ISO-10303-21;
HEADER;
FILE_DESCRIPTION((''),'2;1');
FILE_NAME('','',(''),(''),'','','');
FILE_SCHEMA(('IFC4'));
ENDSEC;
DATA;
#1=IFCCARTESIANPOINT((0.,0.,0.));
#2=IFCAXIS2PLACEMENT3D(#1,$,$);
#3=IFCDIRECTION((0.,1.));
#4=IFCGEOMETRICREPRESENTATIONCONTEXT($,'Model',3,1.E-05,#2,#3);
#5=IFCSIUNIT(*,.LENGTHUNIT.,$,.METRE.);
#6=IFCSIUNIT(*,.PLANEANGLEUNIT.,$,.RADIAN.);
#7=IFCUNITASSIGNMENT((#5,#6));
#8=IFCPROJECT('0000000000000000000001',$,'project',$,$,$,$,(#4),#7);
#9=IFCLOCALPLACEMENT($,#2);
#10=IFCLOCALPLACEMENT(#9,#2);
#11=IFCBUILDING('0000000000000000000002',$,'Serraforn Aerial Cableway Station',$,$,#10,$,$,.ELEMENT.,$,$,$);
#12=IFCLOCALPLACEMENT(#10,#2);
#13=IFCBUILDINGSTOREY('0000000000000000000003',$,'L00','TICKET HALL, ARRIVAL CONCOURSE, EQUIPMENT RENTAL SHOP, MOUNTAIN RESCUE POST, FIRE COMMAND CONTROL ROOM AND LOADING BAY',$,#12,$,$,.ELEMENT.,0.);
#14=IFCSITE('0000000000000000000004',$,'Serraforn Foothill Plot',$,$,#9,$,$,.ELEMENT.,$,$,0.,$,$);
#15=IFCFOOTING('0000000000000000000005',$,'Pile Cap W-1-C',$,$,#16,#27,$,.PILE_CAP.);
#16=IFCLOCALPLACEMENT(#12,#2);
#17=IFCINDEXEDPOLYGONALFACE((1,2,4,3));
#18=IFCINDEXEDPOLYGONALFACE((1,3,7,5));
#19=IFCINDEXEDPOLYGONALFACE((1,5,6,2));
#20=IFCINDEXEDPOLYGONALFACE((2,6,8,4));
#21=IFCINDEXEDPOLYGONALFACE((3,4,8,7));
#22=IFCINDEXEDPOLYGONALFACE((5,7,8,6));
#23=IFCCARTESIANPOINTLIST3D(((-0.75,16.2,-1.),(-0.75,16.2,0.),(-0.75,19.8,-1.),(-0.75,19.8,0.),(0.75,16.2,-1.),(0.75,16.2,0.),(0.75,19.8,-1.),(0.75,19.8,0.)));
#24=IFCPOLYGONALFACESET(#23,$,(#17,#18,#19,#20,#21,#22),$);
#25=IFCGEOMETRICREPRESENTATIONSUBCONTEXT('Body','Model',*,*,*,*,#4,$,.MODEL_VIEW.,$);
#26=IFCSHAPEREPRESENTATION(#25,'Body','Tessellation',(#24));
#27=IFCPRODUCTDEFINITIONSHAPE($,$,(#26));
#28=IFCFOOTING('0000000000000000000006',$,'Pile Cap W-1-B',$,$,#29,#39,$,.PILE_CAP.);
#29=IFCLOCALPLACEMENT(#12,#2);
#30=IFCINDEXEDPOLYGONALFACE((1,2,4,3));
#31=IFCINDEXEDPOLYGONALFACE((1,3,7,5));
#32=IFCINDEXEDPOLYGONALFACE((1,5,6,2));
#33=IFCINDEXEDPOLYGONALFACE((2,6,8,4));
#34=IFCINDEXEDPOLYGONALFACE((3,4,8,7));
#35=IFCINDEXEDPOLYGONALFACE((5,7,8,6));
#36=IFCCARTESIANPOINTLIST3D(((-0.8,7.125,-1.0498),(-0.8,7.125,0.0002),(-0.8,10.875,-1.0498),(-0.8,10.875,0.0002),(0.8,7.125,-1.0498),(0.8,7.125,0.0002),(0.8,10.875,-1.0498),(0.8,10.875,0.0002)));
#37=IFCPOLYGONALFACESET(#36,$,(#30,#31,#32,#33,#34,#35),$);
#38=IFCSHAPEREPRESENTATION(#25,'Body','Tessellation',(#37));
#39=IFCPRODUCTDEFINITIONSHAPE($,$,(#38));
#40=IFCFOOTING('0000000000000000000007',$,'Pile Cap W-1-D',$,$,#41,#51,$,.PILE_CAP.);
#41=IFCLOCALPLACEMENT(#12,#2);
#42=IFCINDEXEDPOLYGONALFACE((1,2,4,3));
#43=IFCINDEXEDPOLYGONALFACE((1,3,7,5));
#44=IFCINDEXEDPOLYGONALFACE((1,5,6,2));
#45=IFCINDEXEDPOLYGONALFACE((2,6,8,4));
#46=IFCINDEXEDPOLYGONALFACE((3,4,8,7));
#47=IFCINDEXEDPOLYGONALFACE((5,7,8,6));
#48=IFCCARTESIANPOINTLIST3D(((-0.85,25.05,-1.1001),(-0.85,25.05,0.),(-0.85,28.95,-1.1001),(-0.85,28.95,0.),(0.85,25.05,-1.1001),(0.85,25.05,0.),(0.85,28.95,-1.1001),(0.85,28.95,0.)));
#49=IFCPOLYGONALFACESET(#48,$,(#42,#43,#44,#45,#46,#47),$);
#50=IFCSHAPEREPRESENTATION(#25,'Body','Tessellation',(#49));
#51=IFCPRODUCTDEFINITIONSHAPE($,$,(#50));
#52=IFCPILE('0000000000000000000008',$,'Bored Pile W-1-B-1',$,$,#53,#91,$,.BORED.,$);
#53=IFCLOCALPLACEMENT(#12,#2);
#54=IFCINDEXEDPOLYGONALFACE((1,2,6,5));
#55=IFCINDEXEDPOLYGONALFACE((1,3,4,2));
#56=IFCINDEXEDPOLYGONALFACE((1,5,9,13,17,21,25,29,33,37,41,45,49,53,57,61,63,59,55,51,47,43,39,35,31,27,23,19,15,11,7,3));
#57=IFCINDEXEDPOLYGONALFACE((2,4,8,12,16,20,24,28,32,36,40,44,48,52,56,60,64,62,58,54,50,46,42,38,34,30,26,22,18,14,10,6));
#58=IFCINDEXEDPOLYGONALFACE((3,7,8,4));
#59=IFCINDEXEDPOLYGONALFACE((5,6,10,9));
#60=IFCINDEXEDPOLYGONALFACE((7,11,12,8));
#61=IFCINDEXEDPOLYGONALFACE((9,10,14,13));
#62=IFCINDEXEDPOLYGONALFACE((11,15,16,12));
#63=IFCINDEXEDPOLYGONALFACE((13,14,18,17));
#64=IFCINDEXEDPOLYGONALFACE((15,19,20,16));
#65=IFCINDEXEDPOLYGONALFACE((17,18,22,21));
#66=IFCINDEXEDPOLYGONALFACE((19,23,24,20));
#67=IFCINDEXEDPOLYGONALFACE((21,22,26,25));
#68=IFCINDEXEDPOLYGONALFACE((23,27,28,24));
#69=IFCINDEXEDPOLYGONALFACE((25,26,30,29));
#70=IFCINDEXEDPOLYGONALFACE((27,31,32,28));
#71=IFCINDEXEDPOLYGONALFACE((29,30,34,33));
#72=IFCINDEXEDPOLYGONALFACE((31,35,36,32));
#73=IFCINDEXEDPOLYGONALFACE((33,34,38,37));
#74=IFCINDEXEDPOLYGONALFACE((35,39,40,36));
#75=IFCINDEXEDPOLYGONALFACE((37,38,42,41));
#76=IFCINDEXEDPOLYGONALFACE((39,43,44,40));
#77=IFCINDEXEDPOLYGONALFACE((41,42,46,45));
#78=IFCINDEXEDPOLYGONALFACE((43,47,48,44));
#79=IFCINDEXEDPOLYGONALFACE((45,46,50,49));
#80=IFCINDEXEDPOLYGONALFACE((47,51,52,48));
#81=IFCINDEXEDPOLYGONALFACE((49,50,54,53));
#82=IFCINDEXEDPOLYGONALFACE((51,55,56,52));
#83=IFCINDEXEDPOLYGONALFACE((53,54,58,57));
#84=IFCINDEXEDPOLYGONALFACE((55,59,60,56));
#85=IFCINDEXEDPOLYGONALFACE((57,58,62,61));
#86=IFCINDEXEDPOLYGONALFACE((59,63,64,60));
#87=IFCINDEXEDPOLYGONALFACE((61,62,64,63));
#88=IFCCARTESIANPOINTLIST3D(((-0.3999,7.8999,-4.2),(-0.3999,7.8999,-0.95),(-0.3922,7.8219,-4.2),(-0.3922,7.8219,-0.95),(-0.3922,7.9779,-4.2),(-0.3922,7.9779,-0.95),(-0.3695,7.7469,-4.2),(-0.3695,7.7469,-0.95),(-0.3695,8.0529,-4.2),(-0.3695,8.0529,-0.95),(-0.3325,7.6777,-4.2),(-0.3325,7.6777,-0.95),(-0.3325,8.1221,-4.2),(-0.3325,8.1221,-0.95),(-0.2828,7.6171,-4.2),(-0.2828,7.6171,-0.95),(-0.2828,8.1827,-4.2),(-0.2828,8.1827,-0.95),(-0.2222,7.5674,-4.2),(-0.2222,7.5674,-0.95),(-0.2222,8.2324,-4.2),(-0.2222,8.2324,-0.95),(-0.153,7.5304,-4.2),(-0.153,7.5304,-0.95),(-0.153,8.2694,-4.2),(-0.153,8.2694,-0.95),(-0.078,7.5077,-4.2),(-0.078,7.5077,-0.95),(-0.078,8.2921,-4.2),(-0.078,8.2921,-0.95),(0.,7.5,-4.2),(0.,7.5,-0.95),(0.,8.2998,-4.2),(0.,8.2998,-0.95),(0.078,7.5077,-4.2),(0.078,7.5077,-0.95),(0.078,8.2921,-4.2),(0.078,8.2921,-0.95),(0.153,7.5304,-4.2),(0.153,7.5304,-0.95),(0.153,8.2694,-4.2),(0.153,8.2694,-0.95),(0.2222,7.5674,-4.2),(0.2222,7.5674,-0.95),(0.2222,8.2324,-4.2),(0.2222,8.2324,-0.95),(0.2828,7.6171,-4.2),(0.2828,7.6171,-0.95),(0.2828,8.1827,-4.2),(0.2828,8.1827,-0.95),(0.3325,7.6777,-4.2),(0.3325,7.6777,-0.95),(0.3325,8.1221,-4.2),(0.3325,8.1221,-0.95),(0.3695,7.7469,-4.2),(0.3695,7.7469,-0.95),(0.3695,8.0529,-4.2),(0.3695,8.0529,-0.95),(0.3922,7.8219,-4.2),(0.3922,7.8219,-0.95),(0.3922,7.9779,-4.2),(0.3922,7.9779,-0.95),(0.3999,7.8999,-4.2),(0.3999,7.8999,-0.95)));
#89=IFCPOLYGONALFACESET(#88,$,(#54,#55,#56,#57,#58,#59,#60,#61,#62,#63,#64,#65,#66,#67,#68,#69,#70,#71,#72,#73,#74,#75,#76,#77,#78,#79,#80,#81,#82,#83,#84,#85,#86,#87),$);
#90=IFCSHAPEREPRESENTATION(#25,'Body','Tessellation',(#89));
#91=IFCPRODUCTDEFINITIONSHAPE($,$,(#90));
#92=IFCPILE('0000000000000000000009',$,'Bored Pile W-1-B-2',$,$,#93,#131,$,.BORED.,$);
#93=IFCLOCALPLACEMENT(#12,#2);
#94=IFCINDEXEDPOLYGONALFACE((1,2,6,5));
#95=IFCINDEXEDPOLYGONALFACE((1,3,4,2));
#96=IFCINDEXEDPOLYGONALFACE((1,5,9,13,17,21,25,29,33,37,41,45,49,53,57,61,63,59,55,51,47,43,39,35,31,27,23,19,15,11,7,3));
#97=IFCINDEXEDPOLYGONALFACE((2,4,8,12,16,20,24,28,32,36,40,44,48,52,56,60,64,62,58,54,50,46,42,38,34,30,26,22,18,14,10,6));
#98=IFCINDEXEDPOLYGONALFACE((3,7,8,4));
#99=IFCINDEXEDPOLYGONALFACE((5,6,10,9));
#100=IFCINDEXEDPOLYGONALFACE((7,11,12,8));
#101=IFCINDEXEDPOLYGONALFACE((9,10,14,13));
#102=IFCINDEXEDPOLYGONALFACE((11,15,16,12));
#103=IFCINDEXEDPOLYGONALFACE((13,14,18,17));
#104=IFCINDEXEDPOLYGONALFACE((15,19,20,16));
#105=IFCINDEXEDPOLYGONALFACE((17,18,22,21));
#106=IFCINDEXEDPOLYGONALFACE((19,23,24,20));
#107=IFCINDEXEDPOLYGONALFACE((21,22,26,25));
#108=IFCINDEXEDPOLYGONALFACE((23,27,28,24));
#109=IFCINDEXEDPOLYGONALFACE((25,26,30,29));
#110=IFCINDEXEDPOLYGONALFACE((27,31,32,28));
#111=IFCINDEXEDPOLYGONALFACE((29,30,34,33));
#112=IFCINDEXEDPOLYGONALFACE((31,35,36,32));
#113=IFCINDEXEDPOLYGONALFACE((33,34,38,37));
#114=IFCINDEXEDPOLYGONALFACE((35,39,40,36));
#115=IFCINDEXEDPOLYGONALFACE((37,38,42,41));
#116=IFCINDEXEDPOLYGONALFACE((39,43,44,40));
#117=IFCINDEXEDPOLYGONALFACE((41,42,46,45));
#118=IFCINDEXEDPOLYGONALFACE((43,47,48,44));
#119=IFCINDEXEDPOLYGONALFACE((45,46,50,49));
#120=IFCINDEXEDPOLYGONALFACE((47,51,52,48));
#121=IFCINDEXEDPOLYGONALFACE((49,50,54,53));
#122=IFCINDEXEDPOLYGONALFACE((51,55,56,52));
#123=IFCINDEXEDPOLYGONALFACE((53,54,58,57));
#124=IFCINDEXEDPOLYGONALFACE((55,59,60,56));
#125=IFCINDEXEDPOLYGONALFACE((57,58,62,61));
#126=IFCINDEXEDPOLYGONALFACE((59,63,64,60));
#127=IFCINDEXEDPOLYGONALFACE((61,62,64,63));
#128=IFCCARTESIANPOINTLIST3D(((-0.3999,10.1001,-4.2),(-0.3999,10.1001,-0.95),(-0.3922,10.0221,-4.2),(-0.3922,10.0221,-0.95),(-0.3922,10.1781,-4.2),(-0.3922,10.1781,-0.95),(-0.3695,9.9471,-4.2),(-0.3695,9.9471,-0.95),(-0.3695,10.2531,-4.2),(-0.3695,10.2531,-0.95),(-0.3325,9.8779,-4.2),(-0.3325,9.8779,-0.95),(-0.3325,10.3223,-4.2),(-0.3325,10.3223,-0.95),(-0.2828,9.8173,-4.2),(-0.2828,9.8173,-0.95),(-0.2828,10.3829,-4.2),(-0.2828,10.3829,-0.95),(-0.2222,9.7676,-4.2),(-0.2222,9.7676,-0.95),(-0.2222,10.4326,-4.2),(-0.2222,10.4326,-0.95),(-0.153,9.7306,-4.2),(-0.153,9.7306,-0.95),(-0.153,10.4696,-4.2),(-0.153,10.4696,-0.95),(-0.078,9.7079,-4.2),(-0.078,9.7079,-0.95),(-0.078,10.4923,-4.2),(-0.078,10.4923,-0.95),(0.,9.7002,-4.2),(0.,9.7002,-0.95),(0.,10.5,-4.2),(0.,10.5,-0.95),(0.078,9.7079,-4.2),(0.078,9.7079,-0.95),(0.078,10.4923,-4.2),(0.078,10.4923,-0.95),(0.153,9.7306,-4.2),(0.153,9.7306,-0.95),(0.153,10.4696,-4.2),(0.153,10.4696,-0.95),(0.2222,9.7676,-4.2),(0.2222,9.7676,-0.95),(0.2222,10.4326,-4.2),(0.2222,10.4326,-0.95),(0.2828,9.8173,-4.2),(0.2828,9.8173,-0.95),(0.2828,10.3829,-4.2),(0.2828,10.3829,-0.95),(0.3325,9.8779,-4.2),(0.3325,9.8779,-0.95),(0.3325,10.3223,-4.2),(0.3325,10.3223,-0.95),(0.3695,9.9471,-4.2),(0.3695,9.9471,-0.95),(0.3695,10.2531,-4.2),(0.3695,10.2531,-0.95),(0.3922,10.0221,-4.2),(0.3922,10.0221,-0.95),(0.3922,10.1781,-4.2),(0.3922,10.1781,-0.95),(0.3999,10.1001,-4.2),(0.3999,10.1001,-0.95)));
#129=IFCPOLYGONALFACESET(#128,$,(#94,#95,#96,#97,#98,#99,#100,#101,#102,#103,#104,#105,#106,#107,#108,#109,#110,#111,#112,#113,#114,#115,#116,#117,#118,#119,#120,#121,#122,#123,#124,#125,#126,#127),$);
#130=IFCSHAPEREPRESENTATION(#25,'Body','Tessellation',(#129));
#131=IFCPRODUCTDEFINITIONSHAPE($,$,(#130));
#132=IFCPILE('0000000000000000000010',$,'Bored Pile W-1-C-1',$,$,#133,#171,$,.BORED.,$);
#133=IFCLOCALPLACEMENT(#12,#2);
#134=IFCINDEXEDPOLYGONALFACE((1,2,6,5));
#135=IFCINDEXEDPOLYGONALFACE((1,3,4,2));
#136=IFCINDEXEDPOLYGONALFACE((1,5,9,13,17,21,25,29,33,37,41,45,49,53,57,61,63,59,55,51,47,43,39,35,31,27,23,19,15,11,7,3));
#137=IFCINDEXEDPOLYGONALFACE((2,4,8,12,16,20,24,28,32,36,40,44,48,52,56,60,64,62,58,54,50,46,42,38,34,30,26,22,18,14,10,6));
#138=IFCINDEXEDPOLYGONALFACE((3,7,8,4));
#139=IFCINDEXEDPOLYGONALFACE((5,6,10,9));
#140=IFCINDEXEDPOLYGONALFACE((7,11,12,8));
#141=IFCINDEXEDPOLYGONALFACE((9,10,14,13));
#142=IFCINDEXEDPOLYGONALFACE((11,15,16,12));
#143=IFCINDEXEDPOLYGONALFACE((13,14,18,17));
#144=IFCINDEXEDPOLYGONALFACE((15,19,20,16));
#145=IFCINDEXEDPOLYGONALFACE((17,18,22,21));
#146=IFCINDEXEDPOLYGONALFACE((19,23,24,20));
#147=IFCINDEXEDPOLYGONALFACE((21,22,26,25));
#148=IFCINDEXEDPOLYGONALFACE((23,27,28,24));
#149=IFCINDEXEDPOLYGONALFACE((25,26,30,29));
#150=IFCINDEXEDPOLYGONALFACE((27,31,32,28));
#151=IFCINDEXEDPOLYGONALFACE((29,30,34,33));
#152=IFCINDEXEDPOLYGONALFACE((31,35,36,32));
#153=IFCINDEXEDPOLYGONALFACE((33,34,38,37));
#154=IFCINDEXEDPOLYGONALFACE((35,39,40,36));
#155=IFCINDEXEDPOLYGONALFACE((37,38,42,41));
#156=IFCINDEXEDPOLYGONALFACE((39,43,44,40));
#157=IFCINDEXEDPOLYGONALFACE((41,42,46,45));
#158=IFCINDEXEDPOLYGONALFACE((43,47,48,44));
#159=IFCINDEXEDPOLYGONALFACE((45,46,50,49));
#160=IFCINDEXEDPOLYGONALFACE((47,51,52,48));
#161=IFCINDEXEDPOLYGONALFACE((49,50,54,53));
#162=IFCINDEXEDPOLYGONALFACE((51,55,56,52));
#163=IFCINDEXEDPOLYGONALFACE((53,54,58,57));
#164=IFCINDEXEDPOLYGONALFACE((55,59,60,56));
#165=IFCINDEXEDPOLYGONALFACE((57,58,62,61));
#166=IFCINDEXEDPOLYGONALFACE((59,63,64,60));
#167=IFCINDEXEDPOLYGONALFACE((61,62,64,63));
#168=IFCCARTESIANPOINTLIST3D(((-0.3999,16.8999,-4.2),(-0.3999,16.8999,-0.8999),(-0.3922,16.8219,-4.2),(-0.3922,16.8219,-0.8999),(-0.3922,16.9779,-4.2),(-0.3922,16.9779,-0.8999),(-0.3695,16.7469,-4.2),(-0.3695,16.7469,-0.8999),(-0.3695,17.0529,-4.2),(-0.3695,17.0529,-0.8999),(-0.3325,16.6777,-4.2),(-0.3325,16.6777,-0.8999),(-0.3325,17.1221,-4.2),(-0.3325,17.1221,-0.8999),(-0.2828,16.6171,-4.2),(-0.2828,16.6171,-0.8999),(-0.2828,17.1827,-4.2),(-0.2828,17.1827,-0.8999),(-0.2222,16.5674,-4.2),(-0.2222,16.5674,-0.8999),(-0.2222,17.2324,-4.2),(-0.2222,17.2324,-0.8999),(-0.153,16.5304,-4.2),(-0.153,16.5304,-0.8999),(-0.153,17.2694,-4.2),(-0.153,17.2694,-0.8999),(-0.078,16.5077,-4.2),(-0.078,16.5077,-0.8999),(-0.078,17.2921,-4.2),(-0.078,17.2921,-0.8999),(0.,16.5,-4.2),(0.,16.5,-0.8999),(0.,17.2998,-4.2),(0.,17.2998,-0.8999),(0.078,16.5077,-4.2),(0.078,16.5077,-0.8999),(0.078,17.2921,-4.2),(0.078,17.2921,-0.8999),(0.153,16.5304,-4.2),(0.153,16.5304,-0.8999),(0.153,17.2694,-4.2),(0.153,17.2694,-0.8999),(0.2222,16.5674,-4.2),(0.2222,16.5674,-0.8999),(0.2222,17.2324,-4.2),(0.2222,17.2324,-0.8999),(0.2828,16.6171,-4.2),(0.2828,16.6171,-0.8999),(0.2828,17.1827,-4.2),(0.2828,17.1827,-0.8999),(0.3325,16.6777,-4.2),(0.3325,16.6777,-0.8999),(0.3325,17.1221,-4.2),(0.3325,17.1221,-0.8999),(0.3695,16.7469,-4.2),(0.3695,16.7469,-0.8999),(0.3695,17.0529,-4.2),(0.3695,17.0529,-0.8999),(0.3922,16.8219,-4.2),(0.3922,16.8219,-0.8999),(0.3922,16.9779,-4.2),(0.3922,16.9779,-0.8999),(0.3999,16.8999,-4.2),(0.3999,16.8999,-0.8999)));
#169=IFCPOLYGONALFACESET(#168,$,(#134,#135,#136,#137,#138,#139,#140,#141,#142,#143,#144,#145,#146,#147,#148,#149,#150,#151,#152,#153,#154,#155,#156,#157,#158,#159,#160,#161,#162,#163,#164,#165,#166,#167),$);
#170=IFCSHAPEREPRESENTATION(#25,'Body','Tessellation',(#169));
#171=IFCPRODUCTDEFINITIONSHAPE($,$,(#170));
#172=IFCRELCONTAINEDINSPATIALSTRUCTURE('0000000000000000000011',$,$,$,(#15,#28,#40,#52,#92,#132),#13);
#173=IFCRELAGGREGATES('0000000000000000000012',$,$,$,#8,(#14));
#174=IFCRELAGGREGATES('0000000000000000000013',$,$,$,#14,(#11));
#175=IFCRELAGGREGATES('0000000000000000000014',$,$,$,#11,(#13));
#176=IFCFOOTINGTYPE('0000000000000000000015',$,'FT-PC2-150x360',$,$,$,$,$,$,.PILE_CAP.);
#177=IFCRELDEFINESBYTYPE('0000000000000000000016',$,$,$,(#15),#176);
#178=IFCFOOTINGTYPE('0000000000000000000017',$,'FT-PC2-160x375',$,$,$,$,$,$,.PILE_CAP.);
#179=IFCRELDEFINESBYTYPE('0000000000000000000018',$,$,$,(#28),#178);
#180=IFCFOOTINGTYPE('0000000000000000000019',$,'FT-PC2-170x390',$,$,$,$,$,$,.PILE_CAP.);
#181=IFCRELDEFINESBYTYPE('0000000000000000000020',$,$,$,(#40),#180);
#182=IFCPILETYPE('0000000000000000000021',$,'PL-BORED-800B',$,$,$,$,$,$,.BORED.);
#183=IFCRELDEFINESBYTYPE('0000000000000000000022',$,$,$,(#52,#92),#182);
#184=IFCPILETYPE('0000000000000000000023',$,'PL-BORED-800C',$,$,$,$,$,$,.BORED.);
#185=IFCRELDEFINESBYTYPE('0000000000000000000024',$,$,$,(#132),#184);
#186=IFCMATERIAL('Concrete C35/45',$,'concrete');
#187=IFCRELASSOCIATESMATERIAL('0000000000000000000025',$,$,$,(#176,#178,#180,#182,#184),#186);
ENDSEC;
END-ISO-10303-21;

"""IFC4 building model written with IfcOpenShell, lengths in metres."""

from ifc_helpers import new_model, si_unit, direction, frame, origin, origin_2d, place, context, subcontext, project, spatial, rectangle, circle, extrude, material, material_profile, profile_set, type_object, element, save


model = new_model("IFC4")

# Units and contexts
model_context = context("Model", 3, precision=1e-05, world=origin(), true_north=direction((0.0, 1.0)))
body_context = subcontext(model_context, "Body", "Model", "MODEL_VIEW")
ifc_project = project(units=[si_unit("LENGTHUNIT", "METRE"), si_unit("PLANEANGLEUNIT", "RADIAN")], contexts=[model_context])

# Site, building, storey
site_placement = place(None, origin())
site = spatial("IfcSite", under=ifc_project, at=site_placement, Name="Serraforn Foothill Plot", CompositionType="ELEMENT", RefElevation=0.0)
building_placement = place(site_placement, origin())
building = spatial("IfcBuilding", under=site, at=building_placement, Name="Serraforn Aerial Cableway Station", CompositionType="ELEMENT")
storey_placement = place(building_placement, origin())
storey = spatial("IfcBuildingStorey", under=building, at=storey_placement, Name="L00", Description="TICKET HALL, ARRIVAL CONCOURSE, EQUIPMENT RENTAL SHOP, MOUNTAIN RESCUE POST, FIRE COMMAND CONTROL ROOM AND LOADING BAY", CompositionType="ELEMENT", Elevation=0.0)

# Footings
ifc_material_1 = material(Name="Concrete C35/45", Category="concrete")
footing_type_1 = type_object("IfcFootingType", Name="FT-PC2-150x360", PredefinedType="PILE_CAP", material=ifc_material_1)
footing_1_placement = place(storey_placement, frame((0.0, 18.0, -1.0), z_axis=(0.0, 0.0, 1.0), x_axis=(1.0, 0.0, 0.0)))
element("IfcFooting", 1, at=footing_1_placement, inside=storey, type_object=footing_type_1, Name="Pile Cap W-1-C", PredefinedType="PILE_CAP", context=body_context, shape_type="SweptSolid", body=[
    extrude(rectangle(XDim=1.5, YDim=3.6001, at=origin_2d()), origin(), (0.0, 0.0, 1.0), 1.0),
])
footing_type_2 = type_object("IfcFootingType", Name="FT-PC2-160x375", PredefinedType="PILE_CAP", material=ifc_material_1)
footing_2_placement = place(storey_placement, frame((0.0, 9.0, -1.0498), z_axis=(0.0, 0.0, 1.0), x_axis=(1.0, 0.0, 0.0)))
element("IfcFooting", 2, at=footing_2_placement, inside=storey, type_object=footing_type_2, Name="Pile Cap W-1-B", PredefinedType="PILE_CAP", context=body_context, shape_type="SweptSolid", body=[
    extrude(rectangle(XDim=1.6001, YDim=3.75, at=origin_2d()), origin(), (0.0, 0.0, 1.0), 1.05),
])
footing_type_3 = type_object("IfcFootingType", Name="FT-PC2-170x390", PredefinedType="PILE_CAP", material=ifc_material_1)
footing_3_placement = place(storey_placement, frame((0.0, 27.0, -1.1001), z_axis=(0.0, 0.0, 1.0), x_axis=(1.0, 0.0, 0.0)))
element("IfcFooting", 3, at=footing_3_placement, inside=storey, type_object=footing_type_3, Name="Pile Cap W-1-D", PredefinedType="PILE_CAP", context=body_context, shape_type="SweptSolid", body=[
    extrude(rectangle(XDim=1.7, YDim=3.8999, at=origin_2d()), origin(), (0.0, 0.0, 1.0), 1.1001),
])

# Piles
ifc_material_profile_1 = material_profile(ifc_material_1, circle(Radius=0.3999, at=origin_2d()), Name="BORED PILE D800")
ifc_profile_set_1 = profile_set([ifc_material_profile_1], Name="Concrete C35/45")
pile_type_1 = type_object("IfcPileType", Name="PL-BORED-800B", PredefinedType="BORED", material=ifc_profile_set_1)
for number, where, z_axis, x_axis, name in (
    (4, (0.0, 7.8999, -0.95), (0.0, 0.0, -1.0), (1.0, 0.0, 0.0), "Bored Pile W-1-B-1"),
    (5, (0.0, 10.1001, -0.95), (0.0, 0.0, -1.0), (1.0, 0.0, 0.0), "Bored Pile W-1-B-2"),
):
    element("IfcPile", number, at=place(storey_placement, frame(where, z_axis=z_axis, x_axis=x_axis)), inside=storey, type_object=pile_type_1, Name=name, PredefinedType="BORED", context=body_context, shape_type="SweptSolid", body=[
        extrude(circle(Radius=0.3999, at=origin_2d()), origin(), (0.0, 0.0, 1.0), 3.25),
    ])
ifc_material_profile_2 = material_profile(ifc_material_1, circle(Radius=0.3999, at=origin_2d()), Name="BORED PILE D800")
ifc_profile_set_2 = profile_set([ifc_material_profile_2], Name="Concrete C35/45")
pile_type_2 = type_object("IfcPileType", Name="PL-BORED-800C", PredefinedType="BORED", material=ifc_profile_set_2)
for number, where, z_axis, x_axis, name in (
    (6, (0.0, 16.8999, -0.8999), (0.0, 0.0, -1.0), (1.0, 0.0, 0.0), "Bored Pile W-1-C-1"),
):
    element("IfcPile", number, at=place(storey_placement, frame(where, z_axis=z_axis, x_axis=x_axis)), inside=storey, type_object=pile_type_2, Name=name, PredefinedType="BORED", context=body_context, shape_type="SweptSolid", body=[
        extrude(circle(Radius=0.3999, at=origin_2d()), origin(), (0.0, 0.0, 1.0), 3.3),
    ])

save(model, "model.ifc")
